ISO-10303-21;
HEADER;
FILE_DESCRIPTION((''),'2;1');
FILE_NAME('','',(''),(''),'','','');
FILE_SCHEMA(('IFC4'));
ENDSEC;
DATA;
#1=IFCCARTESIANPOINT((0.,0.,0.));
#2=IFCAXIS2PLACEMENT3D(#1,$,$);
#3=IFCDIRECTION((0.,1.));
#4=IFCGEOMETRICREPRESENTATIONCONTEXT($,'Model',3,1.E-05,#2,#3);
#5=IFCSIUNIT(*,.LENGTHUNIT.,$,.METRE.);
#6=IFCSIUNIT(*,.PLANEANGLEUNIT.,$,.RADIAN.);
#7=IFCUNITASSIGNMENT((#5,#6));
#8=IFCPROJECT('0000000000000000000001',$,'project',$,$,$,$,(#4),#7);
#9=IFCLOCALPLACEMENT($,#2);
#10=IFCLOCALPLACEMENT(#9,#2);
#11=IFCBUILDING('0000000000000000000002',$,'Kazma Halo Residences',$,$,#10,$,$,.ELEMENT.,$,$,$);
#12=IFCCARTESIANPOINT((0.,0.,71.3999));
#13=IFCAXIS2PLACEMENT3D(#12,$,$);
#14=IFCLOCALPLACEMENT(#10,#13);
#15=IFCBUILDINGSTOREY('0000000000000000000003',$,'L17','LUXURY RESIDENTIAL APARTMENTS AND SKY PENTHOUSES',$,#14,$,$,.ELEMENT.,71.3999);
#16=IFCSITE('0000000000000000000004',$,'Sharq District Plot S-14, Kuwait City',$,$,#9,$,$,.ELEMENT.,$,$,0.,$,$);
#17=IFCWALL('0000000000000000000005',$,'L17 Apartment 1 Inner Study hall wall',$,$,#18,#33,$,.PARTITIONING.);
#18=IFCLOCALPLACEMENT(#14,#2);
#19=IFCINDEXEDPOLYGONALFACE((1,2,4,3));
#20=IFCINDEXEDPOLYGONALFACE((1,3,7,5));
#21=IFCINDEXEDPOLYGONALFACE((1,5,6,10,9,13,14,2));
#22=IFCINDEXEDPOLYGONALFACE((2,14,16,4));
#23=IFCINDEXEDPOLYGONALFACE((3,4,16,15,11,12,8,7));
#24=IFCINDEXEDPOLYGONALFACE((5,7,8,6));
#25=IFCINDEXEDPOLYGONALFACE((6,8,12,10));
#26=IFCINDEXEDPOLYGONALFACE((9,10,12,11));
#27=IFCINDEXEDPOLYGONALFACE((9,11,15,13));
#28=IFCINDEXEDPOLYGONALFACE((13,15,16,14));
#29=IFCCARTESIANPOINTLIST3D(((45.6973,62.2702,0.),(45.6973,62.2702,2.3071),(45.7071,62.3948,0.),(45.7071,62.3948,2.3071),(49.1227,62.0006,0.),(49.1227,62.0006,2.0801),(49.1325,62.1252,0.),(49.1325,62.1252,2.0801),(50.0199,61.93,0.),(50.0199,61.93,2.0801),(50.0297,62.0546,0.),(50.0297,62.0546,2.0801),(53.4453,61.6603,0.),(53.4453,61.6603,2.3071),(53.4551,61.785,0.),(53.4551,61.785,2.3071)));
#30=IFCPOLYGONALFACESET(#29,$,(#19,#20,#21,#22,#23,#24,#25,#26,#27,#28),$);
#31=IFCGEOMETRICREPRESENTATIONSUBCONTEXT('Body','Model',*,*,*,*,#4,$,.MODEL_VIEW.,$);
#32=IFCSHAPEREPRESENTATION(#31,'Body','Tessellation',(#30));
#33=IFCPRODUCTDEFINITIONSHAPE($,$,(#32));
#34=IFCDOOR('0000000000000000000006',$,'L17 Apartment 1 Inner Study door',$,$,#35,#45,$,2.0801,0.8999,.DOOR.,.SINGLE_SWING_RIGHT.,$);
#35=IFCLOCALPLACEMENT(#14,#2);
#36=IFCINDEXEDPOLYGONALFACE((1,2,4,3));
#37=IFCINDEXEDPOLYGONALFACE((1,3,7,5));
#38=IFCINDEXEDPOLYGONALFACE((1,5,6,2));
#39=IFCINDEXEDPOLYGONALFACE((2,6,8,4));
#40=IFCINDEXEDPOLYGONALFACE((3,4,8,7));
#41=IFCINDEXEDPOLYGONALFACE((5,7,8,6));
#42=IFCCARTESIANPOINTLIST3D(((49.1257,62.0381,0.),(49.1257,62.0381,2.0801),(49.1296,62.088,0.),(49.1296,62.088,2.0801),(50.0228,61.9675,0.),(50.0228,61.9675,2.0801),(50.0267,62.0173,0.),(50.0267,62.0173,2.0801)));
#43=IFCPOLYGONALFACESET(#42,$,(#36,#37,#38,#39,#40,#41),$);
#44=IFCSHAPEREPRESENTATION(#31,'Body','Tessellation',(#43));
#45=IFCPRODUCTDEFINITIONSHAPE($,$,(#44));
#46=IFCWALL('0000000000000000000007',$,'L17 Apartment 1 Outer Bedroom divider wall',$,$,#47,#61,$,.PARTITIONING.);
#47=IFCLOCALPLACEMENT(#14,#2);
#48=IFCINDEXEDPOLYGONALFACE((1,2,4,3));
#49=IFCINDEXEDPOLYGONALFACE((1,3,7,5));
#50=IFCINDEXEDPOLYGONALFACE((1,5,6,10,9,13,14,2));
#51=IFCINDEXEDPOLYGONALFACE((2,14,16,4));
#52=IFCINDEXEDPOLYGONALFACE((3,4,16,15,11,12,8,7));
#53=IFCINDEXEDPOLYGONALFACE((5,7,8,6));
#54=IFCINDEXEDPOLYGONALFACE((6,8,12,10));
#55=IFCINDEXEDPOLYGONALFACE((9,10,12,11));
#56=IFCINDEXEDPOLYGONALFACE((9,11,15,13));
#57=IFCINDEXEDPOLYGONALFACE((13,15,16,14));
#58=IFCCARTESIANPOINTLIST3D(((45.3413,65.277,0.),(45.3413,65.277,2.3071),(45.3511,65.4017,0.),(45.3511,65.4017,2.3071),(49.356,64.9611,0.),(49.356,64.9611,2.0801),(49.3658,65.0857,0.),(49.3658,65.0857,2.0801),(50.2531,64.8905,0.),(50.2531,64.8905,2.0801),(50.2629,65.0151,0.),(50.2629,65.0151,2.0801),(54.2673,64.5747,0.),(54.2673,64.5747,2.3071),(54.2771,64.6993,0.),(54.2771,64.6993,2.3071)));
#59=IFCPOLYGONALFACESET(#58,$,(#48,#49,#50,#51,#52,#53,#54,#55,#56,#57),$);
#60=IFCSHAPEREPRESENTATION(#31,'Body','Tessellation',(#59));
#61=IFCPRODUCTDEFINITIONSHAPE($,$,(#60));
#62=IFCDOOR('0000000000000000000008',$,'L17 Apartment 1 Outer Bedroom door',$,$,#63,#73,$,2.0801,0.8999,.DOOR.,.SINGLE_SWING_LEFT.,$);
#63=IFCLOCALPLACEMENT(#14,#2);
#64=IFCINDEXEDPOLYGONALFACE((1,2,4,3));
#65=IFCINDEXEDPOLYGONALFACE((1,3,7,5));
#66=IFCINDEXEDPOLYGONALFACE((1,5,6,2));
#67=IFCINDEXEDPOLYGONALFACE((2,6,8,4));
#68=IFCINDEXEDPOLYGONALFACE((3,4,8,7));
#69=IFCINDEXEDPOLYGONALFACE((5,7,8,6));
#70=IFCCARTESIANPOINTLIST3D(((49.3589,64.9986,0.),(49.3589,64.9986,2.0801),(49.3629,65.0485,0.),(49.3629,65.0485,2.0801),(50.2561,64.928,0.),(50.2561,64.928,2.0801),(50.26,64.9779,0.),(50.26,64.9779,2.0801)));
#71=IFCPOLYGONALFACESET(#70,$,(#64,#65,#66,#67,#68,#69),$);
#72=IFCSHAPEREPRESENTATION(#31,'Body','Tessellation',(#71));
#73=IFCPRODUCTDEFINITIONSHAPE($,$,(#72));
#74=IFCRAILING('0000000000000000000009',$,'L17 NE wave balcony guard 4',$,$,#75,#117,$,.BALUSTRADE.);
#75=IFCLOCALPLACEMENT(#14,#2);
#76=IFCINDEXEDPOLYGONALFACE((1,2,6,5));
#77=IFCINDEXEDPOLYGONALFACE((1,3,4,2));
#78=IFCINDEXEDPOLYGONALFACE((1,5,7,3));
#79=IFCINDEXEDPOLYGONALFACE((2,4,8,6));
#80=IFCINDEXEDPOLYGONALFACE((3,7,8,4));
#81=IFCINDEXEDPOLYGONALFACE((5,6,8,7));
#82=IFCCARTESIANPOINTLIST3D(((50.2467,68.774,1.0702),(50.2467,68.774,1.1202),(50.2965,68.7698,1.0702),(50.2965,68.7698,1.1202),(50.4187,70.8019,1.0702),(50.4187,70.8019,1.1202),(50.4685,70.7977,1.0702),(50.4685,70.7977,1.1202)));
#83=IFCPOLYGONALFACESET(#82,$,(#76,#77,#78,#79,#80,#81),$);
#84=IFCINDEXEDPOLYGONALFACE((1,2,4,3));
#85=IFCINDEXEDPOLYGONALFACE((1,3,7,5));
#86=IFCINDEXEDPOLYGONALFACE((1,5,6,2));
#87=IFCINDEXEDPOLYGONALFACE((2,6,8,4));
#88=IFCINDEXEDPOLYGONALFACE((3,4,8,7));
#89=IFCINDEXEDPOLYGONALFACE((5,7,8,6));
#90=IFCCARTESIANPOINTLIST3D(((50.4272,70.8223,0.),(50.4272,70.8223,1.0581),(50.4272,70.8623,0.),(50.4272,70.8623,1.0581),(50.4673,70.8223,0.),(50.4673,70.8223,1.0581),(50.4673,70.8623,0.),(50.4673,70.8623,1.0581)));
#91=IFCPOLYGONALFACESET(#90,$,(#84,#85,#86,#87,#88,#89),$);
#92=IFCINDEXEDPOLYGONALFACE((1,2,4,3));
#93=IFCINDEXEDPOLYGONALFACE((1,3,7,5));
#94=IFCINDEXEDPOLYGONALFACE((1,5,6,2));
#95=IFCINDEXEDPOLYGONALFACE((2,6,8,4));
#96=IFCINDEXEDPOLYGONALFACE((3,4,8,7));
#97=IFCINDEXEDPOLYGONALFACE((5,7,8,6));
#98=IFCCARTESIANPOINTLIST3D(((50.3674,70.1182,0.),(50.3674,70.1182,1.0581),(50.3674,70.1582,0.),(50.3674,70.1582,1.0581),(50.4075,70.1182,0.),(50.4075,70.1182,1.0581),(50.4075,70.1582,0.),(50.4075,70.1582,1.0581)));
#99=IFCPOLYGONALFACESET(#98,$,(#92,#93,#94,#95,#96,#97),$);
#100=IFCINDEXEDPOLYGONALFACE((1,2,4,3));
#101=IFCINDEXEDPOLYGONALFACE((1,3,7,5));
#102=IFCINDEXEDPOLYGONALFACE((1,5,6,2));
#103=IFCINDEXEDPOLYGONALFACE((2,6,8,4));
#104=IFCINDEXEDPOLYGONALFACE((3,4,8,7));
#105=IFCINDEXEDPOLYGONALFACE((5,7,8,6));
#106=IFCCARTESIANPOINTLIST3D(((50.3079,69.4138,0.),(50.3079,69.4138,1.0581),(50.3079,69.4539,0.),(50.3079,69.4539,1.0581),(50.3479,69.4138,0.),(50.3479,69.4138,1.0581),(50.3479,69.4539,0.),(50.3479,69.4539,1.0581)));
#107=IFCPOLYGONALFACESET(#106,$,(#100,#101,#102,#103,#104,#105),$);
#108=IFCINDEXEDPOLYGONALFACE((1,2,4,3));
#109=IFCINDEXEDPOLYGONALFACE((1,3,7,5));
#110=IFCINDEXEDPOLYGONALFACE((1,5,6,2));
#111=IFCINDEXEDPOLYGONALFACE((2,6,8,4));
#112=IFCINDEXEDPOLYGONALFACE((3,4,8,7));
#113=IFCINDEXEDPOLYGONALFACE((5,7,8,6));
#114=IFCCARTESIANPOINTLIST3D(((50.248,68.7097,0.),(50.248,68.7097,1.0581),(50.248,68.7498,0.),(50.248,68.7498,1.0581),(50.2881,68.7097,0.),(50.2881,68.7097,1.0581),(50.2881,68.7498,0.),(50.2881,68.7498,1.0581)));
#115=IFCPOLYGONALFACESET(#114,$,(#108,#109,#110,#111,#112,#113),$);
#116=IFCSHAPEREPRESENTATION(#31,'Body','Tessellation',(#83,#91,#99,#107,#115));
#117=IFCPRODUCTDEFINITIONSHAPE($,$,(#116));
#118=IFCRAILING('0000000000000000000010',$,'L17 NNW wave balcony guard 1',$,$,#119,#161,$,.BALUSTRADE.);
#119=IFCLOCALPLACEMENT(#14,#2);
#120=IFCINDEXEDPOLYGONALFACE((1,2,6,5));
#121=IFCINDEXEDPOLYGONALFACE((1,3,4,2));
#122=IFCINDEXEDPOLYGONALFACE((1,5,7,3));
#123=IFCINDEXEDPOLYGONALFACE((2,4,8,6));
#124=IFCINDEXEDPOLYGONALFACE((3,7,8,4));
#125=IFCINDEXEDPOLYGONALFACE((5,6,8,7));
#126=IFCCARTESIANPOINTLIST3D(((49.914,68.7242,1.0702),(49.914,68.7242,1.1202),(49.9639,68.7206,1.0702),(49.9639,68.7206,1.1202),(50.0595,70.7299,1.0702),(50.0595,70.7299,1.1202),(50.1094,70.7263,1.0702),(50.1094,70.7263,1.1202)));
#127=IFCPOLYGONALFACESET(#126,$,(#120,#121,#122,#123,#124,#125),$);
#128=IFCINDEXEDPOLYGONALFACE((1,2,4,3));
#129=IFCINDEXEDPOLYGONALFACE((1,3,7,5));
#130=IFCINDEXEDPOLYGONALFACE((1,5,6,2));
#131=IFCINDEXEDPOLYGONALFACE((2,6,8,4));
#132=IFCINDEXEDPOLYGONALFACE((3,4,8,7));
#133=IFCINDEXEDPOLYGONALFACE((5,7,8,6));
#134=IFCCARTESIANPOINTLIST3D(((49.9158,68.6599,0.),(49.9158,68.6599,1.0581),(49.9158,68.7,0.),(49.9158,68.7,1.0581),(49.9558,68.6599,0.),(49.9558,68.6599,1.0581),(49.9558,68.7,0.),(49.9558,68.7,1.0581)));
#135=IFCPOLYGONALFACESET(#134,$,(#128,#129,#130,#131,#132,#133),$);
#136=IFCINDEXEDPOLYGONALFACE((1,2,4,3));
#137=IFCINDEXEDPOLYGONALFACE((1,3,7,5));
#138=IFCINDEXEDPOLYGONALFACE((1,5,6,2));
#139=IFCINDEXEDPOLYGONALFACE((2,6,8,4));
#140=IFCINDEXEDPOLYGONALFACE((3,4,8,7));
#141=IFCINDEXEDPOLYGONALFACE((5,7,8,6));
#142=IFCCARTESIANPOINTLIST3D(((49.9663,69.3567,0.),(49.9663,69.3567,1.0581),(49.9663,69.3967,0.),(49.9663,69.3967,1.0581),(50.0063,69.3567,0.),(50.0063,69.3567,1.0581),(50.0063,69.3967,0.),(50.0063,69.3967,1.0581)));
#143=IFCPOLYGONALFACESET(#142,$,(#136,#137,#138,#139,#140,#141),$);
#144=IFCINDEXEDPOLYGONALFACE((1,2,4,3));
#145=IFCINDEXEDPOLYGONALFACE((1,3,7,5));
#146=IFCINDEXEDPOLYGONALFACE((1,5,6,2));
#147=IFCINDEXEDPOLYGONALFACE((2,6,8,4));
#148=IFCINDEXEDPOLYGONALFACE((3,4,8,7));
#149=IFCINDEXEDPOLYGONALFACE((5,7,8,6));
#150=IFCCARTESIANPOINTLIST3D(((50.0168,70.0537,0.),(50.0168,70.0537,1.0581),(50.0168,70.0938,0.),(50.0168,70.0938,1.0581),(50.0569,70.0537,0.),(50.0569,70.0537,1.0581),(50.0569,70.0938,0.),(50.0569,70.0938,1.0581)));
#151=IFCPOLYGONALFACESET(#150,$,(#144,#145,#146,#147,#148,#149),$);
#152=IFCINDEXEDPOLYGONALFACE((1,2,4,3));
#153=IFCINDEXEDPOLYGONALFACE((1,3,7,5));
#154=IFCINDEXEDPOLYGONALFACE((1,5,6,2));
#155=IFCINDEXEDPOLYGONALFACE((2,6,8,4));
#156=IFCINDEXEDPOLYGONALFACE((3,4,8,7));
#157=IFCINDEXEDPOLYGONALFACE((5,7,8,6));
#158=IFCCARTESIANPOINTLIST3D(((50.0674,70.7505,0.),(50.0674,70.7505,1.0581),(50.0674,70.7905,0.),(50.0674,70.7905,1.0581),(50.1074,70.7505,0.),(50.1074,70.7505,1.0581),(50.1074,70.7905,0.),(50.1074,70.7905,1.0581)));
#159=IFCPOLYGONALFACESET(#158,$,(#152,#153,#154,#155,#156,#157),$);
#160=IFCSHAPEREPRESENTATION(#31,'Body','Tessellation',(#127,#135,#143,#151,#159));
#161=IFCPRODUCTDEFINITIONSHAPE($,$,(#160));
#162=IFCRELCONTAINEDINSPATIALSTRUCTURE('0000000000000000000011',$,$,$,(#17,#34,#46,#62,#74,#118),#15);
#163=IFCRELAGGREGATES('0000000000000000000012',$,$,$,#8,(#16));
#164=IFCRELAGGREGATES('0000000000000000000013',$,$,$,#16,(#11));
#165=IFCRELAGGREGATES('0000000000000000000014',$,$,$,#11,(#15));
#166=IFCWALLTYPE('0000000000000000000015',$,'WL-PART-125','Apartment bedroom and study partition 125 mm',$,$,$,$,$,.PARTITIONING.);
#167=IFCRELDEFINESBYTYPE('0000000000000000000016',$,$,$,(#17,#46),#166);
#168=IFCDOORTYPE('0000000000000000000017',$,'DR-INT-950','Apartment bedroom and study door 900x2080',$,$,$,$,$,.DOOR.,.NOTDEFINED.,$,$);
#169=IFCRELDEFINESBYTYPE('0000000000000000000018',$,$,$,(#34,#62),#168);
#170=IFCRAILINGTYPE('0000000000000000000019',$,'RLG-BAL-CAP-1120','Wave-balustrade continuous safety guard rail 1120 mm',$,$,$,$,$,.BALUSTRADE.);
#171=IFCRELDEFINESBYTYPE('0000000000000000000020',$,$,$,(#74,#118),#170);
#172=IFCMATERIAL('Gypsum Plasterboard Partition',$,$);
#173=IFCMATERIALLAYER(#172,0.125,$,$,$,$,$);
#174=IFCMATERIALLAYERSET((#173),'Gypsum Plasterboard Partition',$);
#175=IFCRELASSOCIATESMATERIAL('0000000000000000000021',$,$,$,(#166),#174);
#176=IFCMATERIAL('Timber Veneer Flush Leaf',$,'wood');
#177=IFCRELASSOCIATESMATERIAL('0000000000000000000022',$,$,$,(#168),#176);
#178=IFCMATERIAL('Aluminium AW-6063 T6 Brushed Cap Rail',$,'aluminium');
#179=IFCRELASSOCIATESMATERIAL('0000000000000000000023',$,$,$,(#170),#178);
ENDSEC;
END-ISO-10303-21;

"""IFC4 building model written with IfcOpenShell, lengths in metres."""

from ifc_helpers import new_model, si_unit, direction, frame, frame_2d, origin, origin_2d, place, context, subcontext, project, spatial, rectangle, extrude, material, layer, layer_set, type_object, element, fill, save


model = new_model("IFC4")

# Units and contexts
model_context = context("Model", 3, precision=1e-05, world=origin(), true_north=direction((0.0, 1.0)))
body_context = subcontext(model_context, "Body", "Model", "MODEL_VIEW")
ifc_project = project(units=[si_unit("LENGTHUNIT", "METRE"), si_unit("PLANEANGLEUNIT", "RADIAN")], contexts=[model_context])

# Site, building, storey
site_placement = place(None, origin())
site = spatial("IfcSite", under=ifc_project, at=site_placement, Name="Sharq District Plot S-14, Kuwait City", CompositionType="ELEMENT", RefElevation=0.0)
building_placement = place(site_placement, origin())
building = spatial("IfcBuilding", under=site, at=building_placement, Name="Kazma Halo Residences", CompositionType="ELEMENT")
storey_placement = place(building_placement, frame((0.0, 0.0, 71.3999)))
storey = spatial("IfcBuildingStorey", under=building, at=storey_placement, Name="L17", Description="LUXURY RESIDENTIAL APARTMENTS AND SKY PENTHOUSES", CompositionType="ELEMENT", Elevation=71.3999)

# Shared definitions
ifc_material_1 = material(Name="Gypsum Plasterboard Partition")
ifc_layer_1 = layer(ifc_material_1, 0.125)
ifc_layer_set_1 = layer_set([ifc_layer_1], Name="Gypsum Plasterboard Partition")
wall_type_1 = type_object("IfcWallType", Name="WL-PART-125", Description="Apartment bedroom and study partition 125 mm", PredefinedType="PARTITIONING", material=ifc_layer_set_1)

# Shared definitions
ifc_material_2 = material(Name="Timber Veneer Flush Leaf", Category="wood")
door_type_1 = type_object("IfcDoorType", Name="DR-INT-950", Description="Apartment bedroom and study door 900x2080", OperationType="NOTDEFINED", PredefinedType="DOOR", material=ifc_material_2)

# Walls, openings, doors
wall_1_placement = place(storey_placement, frame((53.4502, 61.7227, 0.0), z_axis=(0.0, 0.0, 1.0), x_axis=(-0.996917, 0.078469, 0.0)))
wall_1 = element("IfcWall", 1, at=wall_1_placement, inside=storey, type_object=wall_type_1, Name="L17 Apartment 1 Inner Study hall wall", PredefinedType="PARTITIONING", context=body_context, shape_type="SweptSolid", body=[
    extrude(rectangle(XDim=7.772, YDim=0.125, at=frame_2d((3.886, 0.0))), origin(), (0.0, 0.0, 1.0), 2.3071),
])
opening_1_placement = place(wall_1_placement, frame((3.436, 0.0, 0.0)))
opening_1 = element("IfcOpeningElement", 2, at=opening_1_placement, cuts=wall_1, PredefinedType="OPENING", context=body_context, shape_type="SweptSolid", body=[
    extrude(rectangle(XDim=0.8999, YDim=2.0801, at=frame_2d((0.45, 1.04))), frame((0.0, 0.0725, 0.0), z_axis=(0.0, -1.0, 0.0), x_axis=(1.0, 0.0, 0.0)), (0.0, 0.0, 1.0), 0.145),
])
door_1_placement = place(opening_1_placement, origin())
door_1 = element("IfcDoor", 3, at=door_1_placement, inside=storey, type_object=door_type_1, Name="L17 Apartment 1 Inner Study door", OperationType="SINGLE_SWING_RIGHT", OverallHeight=2.0801, OverallWidth=0.8999, PredefinedType="DOOR", context=body_context, shape_type="SweptSolid", body=[
    extrude(rectangle(XDim=0.8999, YDim=2.0801, at=frame_2d((0.45, 1.04))), frame((0.0, 0.0249, 0.0), z_axis=(0.0, -1.0, 0.0), x_axis=(1.0, 0.0, 0.0)), (0.0, 0.0, 1.0), 0.05),
])
fill(opening_1, door_1)
wall_2_placement = place(storey_placement, frame((54.2722, 64.637, 0.0), z_axis=(0.0, 0.0, 1.0), x_axis=(-0.996918, 0.078448, 0.0)))
wall_2 = element("IfcWall", 4, at=wall_2_placement, inside=storey, type_object=wall_type_1, Name="L17 Apartment 1 Outer Bedroom divider wall", PredefinedType="PARTITIONING", context=body_context, shape_type="SweptSolid", body=[
    extrude(rectangle(XDim=8.9536, YDim=0.125, at=frame_2d((4.4768, 0.0))), origin(), (0.0, 0.0, 1.0), 2.3071),
])
opening_2_placement = place(wall_2_placement, frame((4.0266, 0.0, 0.0)))
opening_2 = element("IfcOpeningElement", 5, at=opening_2_placement, cuts=wall_2, PredefinedType="OPENING", context=body_context, shape_type="SweptSolid", body=[
    extrude(rectangle(XDim=0.8999, YDim=2.0801, at=frame_2d((0.45, 1.04))), frame((0.0, 0.0725, 0.0), z_axis=(0.0, -1.0, 0.0), x_axis=(1.0, 0.0, 0.0)), (0.0, 0.0, 1.0), 0.145),
])
door_2_placement = place(opening_2_placement, origin())
door_2 = element("IfcDoor", 6, at=door_2_placement, inside=storey, type_object=door_type_1, Name="L17 Apartment 1 Outer Bedroom door", OperationType="SINGLE_SWING_LEFT", OverallHeight=2.0801, OverallWidth=0.8999, PredefinedType="DOOR", context=body_context, shape_type="SweptSolid", body=[
    extrude(rectangle(XDim=0.8999, YDim=2.0801, at=frame_2d((0.45, 1.04))), frame((0.0, 0.0249, 0.0), z_axis=(0.0, -1.0, 0.0), x_axis=(1.0, 0.0, 0.0)), (0.0, 0.0, 1.0), 0.05),
])
fill(opening_2, door_2)

# Railings
ifc_material_3 = material(Name="Aluminium AW-6063 T6 Brushed Cap Rail", Category="aluminium")
railing_type = type_object("IfcRailingType", Name="RLG-BAL-CAP-1120", Description="Wave-balustrade continuous safety guard rail 1120 mm", PredefinedType="BALUSTRADE", material=ifc_material_3)
railing_1_placement = place(storey_placement, frame((50.4473, 70.8423, 0.0)))
element("IfcRailing", 7, at=railing_1_placement, inside=storey, type_object=railing_type, Name="L17 NE wave balcony guard 4", PredefinedType="BALUSTRADE", context=body_context, shape_type="SweptSolid", body=[
    extrude(rectangle(XDim=0.05, YDim=0.05, at=origin_2d()), frame((-0.0037, -0.0425, 1.0952), z_axis=(-0.084523, -0.996422, 0.0), x_axis=(0.996422, -0.084523, 0.0)), (0.0, 0.0, 1.0), 2.0352),
    extrude(rectangle(XDim=0.04, YDim=0.04, at=origin_2d()), origin(), (0.0, 0.0, 1.0), 1.0581),
    extrude(rectangle(XDim=0.04, YDim=0.04, at=origin_2d()), frame((-0.0598, -0.7041, 0.0)), (0.0, 0.0, 1.0), 1.0581),
    extrude(rectangle(XDim=0.04, YDim=0.04, at=origin_2d()), frame((-0.1194, -1.4084, 0.0)), (0.0, 0.0, 1.0), 1.0581),
    extrude(rectangle(XDim=0.04, YDim=0.04, at=origin_2d()), frame((-0.1792, -2.1125, 0.0)), (0.0, 0.0, 1.0), 1.0581),
])
railing_2_placement = place(storey_placement, frame((49.9358, 68.6799, 0.0)))
element("IfcRailing", 8, at=railing_2_placement, inside=storey, type_object=railing_type, Name="L17 NNW wave balcony guard 1", PredefinedType="BALUSTRADE", context=body_context, shape_type="SweptSolid", body=[
    extrude(rectangle(XDim=0.05, YDim=0.05, at=origin_2d()), frame((0.0032, 0.0425, 1.0952), z_axis=(0.072331, 0.997381, 0.0), x_axis=(-0.997381, 0.072331, 0.0)), (0.0, 0.0, 1.0), 2.011),
    extrude(rectangle(XDim=0.04, YDim=0.04, at=origin_2d()), origin(), (0.0, 0.0, 1.0), 1.0581),
    extrude(rectangle(XDim=0.04, YDim=0.04, at=origin_2d()), frame((0.0505, 0.6968, 0.0)), (0.0, 0.0, 1.0), 1.0581),
    extrude(rectangle(XDim=0.04, YDim=0.04, at=origin_2d()), frame((0.1011, 1.3938, 0.0)), (0.0, 0.0, 1.0), 1.0581),
    extrude(rectangle(XDim=0.04, YDim=0.04, at=origin_2d()), frame((0.1516, 2.0906, 0.0)), (0.0, 0.0, 1.0), 1.0581),
])

save(model, "model.ifc")
